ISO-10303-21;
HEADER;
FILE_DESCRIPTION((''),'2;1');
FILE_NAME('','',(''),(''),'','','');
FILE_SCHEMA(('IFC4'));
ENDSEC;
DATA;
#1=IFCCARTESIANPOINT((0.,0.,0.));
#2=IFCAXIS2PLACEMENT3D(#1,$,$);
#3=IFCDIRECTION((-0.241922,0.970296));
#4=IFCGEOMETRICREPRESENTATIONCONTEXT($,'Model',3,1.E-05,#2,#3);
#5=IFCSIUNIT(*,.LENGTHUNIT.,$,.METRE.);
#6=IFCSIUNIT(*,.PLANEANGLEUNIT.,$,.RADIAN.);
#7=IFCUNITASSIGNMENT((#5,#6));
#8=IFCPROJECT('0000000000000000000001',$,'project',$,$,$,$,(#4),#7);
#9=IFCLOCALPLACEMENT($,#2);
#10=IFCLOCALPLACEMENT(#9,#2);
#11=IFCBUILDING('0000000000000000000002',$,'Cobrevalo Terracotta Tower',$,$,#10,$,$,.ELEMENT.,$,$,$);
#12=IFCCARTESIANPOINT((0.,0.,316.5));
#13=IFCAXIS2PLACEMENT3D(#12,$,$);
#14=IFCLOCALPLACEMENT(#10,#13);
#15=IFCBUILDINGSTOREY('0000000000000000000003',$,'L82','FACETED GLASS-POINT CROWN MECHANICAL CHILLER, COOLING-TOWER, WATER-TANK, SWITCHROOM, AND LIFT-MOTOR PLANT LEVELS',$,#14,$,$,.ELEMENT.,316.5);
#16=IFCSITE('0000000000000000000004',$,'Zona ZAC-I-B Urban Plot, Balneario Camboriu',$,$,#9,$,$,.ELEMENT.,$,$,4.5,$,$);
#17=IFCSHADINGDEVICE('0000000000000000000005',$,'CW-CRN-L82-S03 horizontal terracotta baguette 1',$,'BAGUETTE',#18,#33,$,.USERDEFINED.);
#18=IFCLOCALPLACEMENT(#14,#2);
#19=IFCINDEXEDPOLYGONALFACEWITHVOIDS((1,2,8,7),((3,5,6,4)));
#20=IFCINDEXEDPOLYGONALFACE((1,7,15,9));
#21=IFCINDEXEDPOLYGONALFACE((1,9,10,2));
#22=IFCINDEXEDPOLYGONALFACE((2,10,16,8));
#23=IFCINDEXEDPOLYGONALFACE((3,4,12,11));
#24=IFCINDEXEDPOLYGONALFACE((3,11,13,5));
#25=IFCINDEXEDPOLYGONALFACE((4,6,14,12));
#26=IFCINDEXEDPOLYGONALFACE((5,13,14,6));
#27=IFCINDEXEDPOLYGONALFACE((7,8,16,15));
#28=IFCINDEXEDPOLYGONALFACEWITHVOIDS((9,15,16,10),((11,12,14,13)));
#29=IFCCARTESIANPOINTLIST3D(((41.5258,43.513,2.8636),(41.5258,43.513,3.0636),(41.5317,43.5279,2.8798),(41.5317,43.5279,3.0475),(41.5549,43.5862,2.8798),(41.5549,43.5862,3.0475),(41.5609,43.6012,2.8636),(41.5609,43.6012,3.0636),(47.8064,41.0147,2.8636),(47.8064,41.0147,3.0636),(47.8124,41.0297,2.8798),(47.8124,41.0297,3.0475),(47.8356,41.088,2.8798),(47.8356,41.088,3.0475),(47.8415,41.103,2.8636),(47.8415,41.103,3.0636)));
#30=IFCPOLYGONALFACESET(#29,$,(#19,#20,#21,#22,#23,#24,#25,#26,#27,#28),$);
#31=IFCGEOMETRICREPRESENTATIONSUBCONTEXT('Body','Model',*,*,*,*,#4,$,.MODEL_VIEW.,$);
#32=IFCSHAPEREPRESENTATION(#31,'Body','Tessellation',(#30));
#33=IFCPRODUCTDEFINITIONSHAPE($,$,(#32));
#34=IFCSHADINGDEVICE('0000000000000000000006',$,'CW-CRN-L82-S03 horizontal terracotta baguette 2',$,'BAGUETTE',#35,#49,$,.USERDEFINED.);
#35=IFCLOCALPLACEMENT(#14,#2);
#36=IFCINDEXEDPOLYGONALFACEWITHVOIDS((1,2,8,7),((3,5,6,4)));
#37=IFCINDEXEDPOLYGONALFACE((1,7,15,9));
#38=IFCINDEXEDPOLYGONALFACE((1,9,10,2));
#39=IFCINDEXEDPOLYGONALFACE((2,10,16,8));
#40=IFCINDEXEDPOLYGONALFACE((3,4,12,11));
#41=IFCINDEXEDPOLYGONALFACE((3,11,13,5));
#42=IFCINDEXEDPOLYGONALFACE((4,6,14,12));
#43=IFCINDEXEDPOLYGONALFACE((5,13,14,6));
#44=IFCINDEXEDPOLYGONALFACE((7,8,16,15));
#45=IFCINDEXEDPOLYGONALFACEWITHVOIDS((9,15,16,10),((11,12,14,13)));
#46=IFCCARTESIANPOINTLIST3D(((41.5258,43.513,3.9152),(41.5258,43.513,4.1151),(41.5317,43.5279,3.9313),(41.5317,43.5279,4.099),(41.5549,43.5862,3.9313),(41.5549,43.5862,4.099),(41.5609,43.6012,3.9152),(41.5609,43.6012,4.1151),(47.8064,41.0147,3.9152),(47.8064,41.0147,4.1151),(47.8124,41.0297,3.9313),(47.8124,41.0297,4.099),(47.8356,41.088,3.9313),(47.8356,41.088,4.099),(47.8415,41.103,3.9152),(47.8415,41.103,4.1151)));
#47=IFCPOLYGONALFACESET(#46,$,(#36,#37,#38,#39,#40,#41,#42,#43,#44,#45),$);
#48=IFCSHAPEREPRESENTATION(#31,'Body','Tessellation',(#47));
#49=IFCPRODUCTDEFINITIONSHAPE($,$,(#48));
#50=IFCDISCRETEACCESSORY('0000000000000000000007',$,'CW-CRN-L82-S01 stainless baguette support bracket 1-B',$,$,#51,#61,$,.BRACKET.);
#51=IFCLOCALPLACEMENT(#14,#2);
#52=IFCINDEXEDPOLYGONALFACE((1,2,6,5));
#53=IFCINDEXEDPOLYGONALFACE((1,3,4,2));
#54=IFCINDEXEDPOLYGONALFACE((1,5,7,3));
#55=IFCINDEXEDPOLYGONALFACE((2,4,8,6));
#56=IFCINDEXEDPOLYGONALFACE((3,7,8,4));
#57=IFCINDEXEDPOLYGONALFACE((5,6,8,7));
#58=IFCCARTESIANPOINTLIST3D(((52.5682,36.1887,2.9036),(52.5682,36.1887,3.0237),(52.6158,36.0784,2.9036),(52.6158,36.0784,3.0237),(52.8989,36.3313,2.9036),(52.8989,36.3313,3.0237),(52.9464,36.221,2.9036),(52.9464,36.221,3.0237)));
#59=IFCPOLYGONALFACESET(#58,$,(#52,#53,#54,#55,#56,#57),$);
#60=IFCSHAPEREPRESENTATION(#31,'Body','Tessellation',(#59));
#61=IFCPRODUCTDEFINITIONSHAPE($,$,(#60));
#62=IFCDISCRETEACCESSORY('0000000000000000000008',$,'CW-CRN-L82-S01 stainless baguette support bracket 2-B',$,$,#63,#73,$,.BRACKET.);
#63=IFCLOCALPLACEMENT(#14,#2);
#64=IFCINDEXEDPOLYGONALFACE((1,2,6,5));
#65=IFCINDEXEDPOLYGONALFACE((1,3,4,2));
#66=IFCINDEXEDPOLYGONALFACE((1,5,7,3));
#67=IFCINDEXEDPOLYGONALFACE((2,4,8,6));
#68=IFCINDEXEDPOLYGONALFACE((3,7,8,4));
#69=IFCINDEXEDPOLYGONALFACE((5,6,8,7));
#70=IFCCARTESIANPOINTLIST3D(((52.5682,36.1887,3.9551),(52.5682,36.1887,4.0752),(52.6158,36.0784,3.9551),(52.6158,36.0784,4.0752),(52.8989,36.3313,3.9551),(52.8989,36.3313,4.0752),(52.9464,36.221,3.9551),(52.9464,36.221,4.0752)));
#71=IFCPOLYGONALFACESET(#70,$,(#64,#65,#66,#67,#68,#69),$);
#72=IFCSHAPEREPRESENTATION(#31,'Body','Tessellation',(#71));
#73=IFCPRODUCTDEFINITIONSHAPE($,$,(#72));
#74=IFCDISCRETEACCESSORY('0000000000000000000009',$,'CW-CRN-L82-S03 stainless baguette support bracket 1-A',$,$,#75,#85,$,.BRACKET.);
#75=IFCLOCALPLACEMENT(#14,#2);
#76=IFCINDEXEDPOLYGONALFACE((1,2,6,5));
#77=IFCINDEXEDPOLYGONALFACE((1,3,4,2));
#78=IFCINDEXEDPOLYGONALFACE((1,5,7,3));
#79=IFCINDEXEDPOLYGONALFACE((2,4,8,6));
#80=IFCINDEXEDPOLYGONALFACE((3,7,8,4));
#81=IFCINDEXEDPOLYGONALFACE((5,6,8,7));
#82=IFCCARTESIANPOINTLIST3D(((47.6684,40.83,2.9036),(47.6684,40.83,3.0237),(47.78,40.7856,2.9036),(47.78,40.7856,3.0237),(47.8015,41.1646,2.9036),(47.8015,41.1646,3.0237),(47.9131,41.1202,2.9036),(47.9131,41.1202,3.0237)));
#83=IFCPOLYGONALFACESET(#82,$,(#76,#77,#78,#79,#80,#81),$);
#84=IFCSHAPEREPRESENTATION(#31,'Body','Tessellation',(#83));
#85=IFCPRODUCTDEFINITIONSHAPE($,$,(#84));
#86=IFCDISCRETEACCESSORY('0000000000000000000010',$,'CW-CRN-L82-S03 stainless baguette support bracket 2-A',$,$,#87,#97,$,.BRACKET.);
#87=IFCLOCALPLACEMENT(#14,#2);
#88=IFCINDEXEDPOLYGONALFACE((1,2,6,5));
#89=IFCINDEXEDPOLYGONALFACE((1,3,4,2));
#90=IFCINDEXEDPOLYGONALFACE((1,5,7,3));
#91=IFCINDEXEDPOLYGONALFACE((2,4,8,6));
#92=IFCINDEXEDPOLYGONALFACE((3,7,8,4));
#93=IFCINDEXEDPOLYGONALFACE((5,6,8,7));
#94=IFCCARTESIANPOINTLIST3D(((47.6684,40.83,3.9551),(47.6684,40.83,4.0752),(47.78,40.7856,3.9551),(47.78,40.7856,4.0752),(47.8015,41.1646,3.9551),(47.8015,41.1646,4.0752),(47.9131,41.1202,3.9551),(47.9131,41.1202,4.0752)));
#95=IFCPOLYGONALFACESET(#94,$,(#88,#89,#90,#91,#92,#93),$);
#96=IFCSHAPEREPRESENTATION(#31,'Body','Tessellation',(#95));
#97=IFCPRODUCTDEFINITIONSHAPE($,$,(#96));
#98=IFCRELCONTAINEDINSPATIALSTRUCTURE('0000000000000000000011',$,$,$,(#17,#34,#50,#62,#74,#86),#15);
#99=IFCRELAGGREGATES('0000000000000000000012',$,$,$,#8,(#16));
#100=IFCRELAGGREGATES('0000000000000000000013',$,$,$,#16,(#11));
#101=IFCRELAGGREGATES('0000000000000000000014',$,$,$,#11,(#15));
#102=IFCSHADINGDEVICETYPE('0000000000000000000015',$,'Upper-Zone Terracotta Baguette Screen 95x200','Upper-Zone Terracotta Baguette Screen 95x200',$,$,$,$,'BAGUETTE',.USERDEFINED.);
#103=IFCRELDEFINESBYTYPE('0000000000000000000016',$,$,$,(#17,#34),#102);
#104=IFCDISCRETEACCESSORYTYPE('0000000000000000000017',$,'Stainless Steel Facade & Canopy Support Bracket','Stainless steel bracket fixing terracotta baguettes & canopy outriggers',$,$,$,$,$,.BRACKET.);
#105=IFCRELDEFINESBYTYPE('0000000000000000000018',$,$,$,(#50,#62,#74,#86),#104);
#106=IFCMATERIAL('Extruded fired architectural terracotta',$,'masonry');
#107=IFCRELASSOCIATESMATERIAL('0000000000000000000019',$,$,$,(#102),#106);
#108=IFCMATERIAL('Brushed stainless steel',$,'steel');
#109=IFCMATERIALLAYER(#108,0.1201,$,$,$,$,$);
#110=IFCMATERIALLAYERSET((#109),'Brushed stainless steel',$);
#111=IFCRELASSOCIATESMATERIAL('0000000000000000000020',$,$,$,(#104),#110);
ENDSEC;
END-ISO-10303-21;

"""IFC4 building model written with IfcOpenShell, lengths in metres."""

from ifc_helpers import new_model, si_unit, direction, frame, origin, origin_2d, place, context, subcontext, project, spatial, rectangle, hollow_rectangle, extrude, source, transform, mapped, material, layer, layer_set, material_profile, profile_set, type_object, element, save


model = new_model("IFC4")

# Units and contexts
model_context = context("Model", 3, precision=1e-05, world=origin(), true_north=direction((-0.241922, 0.970296)))
body_context = subcontext(model_context, "Body", "Model", "MODEL_VIEW")
ifc_project = project(units=[si_unit("LENGTHUNIT", "METRE"), si_unit("PLANEANGLEUNIT", "RADIAN")], contexts=[model_context])

# Site, building, storey
site_placement = place(None, origin())
site = spatial("IfcSite", under=ifc_project, at=site_placement, Name="Zona ZAC-I-B Urban Plot, Balneario Camboriu", CompositionType="ELEMENT", RefElevation=4.5)
building_placement = place(site_placement, origin())
building = spatial("IfcBuilding", under=site, at=building_placement, Name="Cobrevalo Terracotta Tower", CompositionType="ELEMENT")
storey_placement = place(building_placement, frame((0.0, 0.0, 316.5)))
storey = spatial("IfcBuildingStorey", under=building, at=storey_placement, Name="L82", Description="FACETED GLASS-POINT CROWN MECHANICAL CHILLER, COOLING-TOWER, WATER-TANK, SWITCHROOM, AND LIFT-MOTOR PLANT LEVELS", CompositionType="ELEMENT", Elevation=316.5)

# Shading devices
ifc_material_1 = material(Name="Extruded fired architectural terracotta", Category="masonry")
ifc_material_profile_1 = material_profile(ifc_material_1, hollow_rectangle(XDim=0.095, YDim=0.2, WallThickness=0.0161, at=origin_2d()), Name="BAGUETTE 95x200")
ifc_profile_set_1 = profile_set([ifc_material_profile_1], Name="Extruded fired architectural terracotta")
shading_device_type = type_object("IfcShadingDeviceType", Name="Upper-Zone Terracotta Baguette Screen 95x200", Description="Upper-Zone Terracotta Baguette Screen 95x200", ElementType="BAGUETTE", PredefinedType="USERDEFINED", material=ifc_profile_set_1)
shared_shape_1 = source(origin(), body_context, "Body", "SweptSolid", [
    extrude(hollow_rectangle(XDim=0.095, YDim=0.2, WallThickness=0.0161, at=origin_2d()), origin(), (0.0, 0.0, 1.0), 6.7593),
])
for number, where, z_axis, x_axis, name in (
    (1, (47.824, 41.0588, 2.9636), (-0.92919, 0.369603, 0.0), (-0.369603, -0.92919, 0.0), "CW-CRN-L82-S03 horizontal terracotta baguette 1"),
    (2, (47.824, 41.0588, 4.0151), (-0.92919, 0.369603, 0.0), (-0.369603, -0.92919, 0.0), "CW-CRN-L82-S03 horizontal terracotta baguette 2"),
):
    element("IfcShadingDevice", number, at=place(storey_placement, frame(where, z_axis=z_axis, x_axis=x_axis)), inside=storey, type_object=shading_device_type, Name=name, ObjectType="BAGUETTE", PredefinedType="USERDEFINED", context=body_context, shape_type="MappedRepresentation", body=[
        mapped(shared_shape_1, transform((0.0, 0.0, 0.0), scale=1.0)),
    ])

# Discrete accessories
ifc_material_2 = material(Name="Brushed stainless steel", Category="steel")
ifc_layer_1 = layer(ifc_material_2, 0.1201)
ifc_layer_set_1 = layer_set([ifc_layer_1], Name="Brushed stainless steel")
discrete_accessory_type = type_object("IfcDiscreteAccessoryType", Name="Stainless Steel Facade & Canopy Support Bracket", Description="Stainless steel bracket fixing terracotta baguettes & canopy outriggers", PredefinedType="BRACKET", material=ifc_layer_set_1)
shared_shape_2 = source(origin(), body_context, "Body", "SweptSolid", [
    extrude(rectangle(XDim=0.1201, YDim=0.3601, at=origin_2d()), origin(), (0.0, 0.0, 1.0), 0.1201),
])
for number, where, z_axis, x_axis, name in (
    (3, (52.7573, 36.2048, 2.9036), (0.0, 0.0, 1.0), (-0.396066, 0.918222, 0.0), "CW-CRN-L82-S01 stainless baguette support bracket 1-B"),
    (4, (52.7573, 36.2048, 3.9551), (0.0, 0.0, 1.0), (-0.396066, 0.918222, 0.0), "CW-CRN-L82-S01 stainless baguette support bracket 2-B"),
    (5, (47.7908, 40.9751, 2.9036), (0.0, 0.0, 1.0), (-0.929191, 0.369601, 0.0), "CW-CRN-L82-S03 stainless baguette support bracket 1-A"),
    (6, (47.7908, 40.9751, 3.9551), (0.0, 0.0, 1.0), (-0.929191, 0.369601, 0.0), "CW-CRN-L82-S03 stainless baguette support bracket 2-A"),
):
    element("IfcDiscreteAccessory", number, at=place(storey_placement, frame(where, z_axis=z_axis, x_axis=x_axis)), inside=storey, type_object=discrete_accessory_type, Name=name, PredefinedType="BRACKET", context=body_context, shape_type="MappedRepresentation", body=[
        mapped(shared_shape_2, transform((0.0, 0.0, 0.0), scale=1.0)),
    ])

save(model, "model.ifc")
